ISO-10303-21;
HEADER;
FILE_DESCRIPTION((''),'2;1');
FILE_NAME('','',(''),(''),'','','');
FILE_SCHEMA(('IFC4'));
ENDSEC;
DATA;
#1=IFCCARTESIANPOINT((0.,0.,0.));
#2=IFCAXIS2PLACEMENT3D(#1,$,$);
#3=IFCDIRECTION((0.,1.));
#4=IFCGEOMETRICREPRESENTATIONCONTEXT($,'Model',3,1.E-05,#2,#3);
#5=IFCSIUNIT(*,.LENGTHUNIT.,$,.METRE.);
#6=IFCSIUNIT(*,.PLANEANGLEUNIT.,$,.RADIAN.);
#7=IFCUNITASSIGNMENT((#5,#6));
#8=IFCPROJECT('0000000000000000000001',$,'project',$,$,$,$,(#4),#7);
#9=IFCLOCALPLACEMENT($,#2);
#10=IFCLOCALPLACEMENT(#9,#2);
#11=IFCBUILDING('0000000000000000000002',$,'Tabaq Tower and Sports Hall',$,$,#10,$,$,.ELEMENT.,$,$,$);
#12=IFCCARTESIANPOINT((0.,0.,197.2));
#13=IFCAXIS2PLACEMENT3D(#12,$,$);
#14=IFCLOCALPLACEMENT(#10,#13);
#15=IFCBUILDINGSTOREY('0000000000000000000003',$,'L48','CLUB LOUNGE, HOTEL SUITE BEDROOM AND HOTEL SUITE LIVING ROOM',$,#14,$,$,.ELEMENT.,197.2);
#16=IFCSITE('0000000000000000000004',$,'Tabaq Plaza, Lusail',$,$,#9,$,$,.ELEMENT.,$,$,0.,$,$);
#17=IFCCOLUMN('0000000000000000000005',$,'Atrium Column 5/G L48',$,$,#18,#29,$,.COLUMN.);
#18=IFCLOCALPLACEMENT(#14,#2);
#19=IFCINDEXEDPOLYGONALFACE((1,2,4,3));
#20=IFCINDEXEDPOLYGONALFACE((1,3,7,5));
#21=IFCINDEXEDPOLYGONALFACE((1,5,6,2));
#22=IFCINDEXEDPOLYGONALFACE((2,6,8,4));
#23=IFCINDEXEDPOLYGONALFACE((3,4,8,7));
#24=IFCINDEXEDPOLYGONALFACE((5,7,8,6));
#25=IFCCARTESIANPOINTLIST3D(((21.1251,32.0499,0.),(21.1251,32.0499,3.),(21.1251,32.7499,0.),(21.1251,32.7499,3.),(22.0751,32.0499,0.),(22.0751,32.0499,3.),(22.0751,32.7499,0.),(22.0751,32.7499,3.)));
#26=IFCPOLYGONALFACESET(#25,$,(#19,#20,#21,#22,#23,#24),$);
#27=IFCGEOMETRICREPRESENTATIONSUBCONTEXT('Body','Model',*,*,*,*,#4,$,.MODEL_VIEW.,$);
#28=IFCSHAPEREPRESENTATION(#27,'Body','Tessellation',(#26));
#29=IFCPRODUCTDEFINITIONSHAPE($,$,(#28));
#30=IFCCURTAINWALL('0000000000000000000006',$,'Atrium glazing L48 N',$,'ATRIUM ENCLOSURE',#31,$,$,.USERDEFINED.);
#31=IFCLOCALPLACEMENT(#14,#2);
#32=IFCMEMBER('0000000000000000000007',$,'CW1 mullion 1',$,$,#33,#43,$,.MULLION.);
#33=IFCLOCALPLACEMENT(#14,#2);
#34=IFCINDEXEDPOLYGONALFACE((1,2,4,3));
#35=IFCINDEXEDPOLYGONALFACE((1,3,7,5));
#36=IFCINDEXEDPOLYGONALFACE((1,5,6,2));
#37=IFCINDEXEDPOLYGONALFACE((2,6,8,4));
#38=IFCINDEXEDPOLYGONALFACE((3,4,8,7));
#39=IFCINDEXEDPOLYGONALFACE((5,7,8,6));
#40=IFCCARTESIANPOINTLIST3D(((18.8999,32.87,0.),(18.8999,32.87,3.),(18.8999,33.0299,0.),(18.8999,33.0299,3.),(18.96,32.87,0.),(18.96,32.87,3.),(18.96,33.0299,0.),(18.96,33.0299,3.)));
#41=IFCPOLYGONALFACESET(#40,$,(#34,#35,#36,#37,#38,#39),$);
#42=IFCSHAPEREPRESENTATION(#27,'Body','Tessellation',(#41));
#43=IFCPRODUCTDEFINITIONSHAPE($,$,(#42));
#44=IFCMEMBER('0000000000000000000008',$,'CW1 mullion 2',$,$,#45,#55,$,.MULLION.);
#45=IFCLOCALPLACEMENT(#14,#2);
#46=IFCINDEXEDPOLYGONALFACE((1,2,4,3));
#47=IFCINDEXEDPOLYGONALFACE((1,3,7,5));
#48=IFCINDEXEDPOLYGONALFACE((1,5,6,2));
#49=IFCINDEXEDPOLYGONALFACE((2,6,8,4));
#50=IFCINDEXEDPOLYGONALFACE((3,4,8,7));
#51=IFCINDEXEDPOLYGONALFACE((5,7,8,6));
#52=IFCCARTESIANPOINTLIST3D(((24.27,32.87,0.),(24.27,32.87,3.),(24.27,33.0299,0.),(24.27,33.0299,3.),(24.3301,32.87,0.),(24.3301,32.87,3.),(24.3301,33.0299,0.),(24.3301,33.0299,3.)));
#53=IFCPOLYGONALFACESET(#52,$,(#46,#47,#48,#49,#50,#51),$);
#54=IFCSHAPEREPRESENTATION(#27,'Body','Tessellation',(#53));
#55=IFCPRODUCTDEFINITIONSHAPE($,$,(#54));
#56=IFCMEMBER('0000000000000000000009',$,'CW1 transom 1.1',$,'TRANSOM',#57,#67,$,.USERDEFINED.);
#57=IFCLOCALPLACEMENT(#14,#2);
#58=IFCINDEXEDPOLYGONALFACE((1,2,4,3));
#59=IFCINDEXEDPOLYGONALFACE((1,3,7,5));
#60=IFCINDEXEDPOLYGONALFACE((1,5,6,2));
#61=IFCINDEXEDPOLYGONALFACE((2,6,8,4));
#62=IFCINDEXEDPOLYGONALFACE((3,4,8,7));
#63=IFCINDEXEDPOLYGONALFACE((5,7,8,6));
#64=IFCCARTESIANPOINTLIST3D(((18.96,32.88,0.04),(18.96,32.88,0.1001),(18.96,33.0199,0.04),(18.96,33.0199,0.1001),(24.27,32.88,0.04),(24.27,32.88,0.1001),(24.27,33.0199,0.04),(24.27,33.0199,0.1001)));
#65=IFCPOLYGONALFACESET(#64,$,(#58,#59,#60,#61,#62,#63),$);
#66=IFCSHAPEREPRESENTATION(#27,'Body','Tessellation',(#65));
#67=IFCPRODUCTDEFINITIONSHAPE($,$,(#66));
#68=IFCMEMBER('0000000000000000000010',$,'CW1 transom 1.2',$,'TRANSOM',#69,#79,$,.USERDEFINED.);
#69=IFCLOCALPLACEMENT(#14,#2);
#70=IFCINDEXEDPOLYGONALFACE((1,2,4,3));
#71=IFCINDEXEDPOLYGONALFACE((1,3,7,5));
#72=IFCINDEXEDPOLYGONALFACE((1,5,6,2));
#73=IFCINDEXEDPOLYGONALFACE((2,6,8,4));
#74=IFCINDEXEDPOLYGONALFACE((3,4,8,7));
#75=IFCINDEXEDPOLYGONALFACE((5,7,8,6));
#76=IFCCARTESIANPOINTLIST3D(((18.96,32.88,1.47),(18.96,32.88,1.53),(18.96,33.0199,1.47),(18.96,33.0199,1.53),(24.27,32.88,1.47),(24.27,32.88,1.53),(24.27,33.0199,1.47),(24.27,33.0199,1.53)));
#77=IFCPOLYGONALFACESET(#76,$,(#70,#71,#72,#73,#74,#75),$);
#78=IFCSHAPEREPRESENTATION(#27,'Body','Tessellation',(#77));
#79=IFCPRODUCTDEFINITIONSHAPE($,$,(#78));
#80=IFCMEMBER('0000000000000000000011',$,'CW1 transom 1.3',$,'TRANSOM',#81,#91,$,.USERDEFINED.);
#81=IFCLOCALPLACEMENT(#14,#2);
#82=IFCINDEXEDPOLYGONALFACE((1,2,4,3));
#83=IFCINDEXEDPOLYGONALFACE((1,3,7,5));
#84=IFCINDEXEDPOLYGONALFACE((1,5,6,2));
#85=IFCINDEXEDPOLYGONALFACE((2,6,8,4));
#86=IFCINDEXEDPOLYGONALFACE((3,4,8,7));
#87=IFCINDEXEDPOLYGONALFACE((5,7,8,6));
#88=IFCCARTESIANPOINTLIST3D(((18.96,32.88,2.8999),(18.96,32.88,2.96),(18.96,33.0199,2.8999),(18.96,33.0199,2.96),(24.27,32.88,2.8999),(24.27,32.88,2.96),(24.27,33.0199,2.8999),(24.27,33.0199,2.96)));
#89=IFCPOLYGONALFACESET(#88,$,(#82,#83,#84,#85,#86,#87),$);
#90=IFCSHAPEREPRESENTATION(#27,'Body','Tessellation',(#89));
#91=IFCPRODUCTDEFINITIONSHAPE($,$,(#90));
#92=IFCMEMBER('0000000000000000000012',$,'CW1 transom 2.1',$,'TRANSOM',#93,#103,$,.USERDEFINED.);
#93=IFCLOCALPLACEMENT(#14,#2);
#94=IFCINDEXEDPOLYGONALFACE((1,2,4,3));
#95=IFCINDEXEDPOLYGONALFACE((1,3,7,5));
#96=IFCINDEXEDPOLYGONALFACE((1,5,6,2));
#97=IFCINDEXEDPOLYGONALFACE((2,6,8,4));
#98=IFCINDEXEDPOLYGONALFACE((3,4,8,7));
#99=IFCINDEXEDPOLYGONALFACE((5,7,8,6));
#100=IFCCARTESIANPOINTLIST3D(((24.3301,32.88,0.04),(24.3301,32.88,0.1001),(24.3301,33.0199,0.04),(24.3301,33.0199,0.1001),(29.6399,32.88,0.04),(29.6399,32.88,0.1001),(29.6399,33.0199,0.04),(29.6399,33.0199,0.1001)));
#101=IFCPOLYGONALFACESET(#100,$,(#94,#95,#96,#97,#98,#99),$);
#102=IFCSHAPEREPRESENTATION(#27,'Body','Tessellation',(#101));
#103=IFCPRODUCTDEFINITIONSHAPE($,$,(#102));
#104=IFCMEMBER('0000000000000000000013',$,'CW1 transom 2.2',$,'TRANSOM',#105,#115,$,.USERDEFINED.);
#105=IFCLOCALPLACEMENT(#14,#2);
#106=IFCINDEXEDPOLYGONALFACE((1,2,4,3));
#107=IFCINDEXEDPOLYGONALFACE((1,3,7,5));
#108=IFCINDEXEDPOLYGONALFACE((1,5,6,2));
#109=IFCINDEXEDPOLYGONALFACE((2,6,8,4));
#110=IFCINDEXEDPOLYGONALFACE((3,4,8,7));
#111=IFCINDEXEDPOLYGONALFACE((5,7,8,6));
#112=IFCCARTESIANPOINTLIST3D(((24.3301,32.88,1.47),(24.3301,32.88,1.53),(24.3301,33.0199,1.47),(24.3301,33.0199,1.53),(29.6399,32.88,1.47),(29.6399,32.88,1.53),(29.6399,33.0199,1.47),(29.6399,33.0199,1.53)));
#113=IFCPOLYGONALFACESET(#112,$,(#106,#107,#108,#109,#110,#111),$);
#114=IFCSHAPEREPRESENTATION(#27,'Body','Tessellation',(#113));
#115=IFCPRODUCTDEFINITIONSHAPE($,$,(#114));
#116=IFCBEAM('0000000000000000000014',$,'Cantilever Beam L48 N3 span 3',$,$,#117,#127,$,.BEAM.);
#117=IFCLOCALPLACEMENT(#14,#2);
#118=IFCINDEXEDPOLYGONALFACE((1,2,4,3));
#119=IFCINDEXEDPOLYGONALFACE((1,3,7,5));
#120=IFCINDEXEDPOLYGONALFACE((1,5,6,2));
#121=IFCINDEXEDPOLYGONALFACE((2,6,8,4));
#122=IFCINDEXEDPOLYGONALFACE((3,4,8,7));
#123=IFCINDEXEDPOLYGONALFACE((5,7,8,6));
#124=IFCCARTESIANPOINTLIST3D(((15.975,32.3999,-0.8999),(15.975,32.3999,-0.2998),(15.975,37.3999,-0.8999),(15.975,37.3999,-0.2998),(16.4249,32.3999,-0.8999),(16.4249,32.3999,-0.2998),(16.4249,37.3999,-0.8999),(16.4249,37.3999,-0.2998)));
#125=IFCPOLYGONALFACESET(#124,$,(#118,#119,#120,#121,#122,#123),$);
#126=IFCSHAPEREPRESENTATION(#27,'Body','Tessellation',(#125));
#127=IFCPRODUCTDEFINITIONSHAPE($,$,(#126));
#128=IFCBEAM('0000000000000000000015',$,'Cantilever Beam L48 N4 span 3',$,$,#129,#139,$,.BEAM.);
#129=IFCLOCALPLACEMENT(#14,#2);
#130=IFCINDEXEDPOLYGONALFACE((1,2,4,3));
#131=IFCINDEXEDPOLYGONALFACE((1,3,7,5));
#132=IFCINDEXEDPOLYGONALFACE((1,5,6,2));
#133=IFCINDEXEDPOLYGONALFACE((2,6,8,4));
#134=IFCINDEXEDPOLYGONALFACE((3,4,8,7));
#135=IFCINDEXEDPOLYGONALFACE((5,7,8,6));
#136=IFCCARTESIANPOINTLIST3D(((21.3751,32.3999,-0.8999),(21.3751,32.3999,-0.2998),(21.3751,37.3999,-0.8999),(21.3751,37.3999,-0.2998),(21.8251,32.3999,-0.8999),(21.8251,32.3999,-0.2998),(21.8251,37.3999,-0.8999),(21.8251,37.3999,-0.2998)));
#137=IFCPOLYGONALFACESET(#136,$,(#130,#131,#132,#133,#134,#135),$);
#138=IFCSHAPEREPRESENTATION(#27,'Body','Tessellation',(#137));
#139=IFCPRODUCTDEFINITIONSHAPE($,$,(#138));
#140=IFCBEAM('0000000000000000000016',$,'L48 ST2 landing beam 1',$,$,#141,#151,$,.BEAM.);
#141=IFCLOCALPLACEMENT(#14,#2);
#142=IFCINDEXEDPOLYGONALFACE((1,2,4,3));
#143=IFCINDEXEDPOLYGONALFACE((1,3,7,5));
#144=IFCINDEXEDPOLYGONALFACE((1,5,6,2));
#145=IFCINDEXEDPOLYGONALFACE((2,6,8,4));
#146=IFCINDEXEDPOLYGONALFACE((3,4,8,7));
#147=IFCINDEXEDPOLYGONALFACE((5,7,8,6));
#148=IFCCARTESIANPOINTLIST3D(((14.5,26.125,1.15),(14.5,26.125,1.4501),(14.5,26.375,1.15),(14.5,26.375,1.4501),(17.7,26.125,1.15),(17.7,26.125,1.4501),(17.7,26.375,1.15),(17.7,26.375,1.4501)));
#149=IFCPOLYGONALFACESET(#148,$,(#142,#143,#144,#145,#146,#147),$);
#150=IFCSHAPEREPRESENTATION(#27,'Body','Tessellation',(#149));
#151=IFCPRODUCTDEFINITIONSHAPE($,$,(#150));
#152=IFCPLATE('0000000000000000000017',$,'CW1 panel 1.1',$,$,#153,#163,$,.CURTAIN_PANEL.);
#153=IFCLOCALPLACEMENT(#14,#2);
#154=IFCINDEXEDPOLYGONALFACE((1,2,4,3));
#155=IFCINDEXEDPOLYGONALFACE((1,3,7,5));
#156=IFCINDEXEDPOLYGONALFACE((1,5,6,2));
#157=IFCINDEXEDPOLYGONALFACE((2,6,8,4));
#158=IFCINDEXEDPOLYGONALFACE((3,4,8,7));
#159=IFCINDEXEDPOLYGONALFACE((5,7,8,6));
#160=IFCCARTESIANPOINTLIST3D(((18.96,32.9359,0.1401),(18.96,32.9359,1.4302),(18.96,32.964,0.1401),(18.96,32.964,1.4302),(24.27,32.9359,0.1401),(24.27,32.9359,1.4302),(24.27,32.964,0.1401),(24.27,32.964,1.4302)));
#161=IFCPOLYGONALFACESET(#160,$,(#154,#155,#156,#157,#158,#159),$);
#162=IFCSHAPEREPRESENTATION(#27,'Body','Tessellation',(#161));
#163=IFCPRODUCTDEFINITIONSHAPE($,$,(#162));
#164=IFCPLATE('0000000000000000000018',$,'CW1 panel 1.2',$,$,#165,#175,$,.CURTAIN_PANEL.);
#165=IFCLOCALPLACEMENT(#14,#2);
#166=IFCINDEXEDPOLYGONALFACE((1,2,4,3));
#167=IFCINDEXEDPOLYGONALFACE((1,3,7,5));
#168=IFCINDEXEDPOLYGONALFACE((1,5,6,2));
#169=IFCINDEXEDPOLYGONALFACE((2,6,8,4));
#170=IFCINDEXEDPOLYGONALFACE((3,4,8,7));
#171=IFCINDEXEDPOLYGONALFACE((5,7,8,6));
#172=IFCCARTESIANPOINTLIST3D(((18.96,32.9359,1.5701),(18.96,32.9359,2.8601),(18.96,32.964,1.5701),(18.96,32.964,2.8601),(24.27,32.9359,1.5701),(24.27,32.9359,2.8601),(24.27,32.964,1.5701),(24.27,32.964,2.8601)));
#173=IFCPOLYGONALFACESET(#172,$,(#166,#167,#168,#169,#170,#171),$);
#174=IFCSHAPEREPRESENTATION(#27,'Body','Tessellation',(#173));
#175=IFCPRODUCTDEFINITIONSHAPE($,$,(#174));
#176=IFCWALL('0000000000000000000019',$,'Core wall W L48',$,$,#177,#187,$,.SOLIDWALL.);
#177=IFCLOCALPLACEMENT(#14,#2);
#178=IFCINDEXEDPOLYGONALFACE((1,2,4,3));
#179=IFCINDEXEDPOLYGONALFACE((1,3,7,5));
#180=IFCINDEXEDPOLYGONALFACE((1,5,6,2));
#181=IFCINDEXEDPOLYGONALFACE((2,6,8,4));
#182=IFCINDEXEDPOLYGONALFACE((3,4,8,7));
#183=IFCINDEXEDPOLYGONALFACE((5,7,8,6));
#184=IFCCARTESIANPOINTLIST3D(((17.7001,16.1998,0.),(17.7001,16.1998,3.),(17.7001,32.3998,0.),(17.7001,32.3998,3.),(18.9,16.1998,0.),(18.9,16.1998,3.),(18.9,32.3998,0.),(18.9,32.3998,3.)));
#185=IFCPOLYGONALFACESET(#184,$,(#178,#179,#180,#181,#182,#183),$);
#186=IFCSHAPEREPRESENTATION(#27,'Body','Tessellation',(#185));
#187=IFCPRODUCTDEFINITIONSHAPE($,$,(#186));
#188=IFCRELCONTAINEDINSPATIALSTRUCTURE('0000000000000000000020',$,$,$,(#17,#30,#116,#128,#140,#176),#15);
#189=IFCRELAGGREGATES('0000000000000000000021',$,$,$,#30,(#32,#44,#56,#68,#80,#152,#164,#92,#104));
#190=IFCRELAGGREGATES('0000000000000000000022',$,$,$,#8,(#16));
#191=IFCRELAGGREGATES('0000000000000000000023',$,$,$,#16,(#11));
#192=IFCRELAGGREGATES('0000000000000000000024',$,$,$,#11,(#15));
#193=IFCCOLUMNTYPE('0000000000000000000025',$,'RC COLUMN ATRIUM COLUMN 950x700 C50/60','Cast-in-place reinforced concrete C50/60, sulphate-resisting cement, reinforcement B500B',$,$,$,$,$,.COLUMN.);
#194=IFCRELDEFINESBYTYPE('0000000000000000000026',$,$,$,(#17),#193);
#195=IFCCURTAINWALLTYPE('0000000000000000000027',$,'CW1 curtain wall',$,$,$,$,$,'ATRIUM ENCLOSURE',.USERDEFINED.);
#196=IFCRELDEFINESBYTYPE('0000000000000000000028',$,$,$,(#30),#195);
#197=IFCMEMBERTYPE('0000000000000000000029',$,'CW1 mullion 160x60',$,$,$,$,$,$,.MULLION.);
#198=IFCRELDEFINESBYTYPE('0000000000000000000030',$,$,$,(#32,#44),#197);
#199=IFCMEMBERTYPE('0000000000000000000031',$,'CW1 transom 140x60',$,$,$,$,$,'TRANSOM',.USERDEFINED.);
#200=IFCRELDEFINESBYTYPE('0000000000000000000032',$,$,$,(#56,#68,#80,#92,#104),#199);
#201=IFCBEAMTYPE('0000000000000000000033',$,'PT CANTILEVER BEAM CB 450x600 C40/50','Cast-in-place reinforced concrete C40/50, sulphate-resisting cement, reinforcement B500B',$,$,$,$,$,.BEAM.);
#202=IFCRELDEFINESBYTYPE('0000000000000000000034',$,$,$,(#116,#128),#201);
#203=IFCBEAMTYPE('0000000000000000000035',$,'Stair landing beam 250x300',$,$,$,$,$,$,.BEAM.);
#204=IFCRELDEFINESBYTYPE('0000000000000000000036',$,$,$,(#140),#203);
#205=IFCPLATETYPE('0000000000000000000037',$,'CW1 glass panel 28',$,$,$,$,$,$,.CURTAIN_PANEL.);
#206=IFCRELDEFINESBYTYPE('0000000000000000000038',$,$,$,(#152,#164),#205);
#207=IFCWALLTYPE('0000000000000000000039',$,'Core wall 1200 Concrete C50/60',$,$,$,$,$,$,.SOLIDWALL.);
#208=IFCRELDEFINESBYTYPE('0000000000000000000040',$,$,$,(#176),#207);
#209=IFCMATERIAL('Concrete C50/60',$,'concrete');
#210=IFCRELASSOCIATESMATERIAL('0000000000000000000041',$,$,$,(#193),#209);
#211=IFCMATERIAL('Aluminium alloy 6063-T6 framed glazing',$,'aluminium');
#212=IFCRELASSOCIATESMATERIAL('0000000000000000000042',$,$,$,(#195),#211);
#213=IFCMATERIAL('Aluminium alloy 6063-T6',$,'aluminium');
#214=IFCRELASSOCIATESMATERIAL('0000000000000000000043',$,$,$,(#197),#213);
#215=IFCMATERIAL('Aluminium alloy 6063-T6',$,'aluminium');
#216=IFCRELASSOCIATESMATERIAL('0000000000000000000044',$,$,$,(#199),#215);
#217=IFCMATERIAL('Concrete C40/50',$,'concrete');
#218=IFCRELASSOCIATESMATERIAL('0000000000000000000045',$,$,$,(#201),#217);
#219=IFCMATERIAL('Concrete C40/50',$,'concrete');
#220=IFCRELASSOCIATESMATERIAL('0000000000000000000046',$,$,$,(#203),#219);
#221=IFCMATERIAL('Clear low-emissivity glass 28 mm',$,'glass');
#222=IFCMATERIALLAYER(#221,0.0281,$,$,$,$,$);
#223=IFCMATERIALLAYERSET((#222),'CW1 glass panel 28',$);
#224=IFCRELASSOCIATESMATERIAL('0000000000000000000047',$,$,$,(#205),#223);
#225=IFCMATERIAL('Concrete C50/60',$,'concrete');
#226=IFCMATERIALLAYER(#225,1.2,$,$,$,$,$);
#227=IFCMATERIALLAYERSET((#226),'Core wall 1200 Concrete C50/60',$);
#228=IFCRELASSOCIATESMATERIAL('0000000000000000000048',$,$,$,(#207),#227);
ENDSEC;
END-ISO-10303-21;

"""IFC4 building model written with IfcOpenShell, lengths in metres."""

from ifc_helpers import new_model, si_unit, direction, frame, frame_2d, origin, origin_2d, place, context, subcontext, project, spatial, rectangle, extrude, material, layer, layer_set, material_profile, profile_set, type_object, element, aggregate, save


model = new_model("IFC4")

# Units and contexts
model_context = context("Model", 3, precision=1e-05, world=origin(), true_north=direction((0.0, 1.0)))
body_context = subcontext(model_context, "Body", "Model", "MODEL_VIEW")
ifc_project = project(units=[si_unit("LENGTHUNIT", "METRE"), si_unit("PLANEANGLEUNIT", "RADIAN")], contexts=[model_context])

# Site, building, storey
site_placement = place(None, origin())
site = spatial("IfcSite", under=ifc_project, at=site_placement, Name="Tabaq Plaza, Lusail", CompositionType="ELEMENT", RefElevation=0.0)
building_placement = place(site_placement, origin())
building = spatial("IfcBuilding", under=site, at=building_placement, Name="Tabaq Tower and Sports Hall", CompositionType="ELEMENT")
storey_placement = place(building_placement, frame((0.0, 0.0, 197.2)))
storey = spatial("IfcBuildingStorey", under=building, at=storey_placement, Name="L48", Description="CLUB LOUNGE, HOTEL SUITE BEDROOM AND HOTEL SUITE LIVING ROOM", CompositionType="ELEMENT", Elevation=197.2)

# Column
ifc_material_1 = material(Name="Concrete C50/60", Category="concrete")
ifc_material_profile_1 = material_profile(ifc_material_1, rectangle(XDim=0.95, YDim=0.7, at=origin_2d()), Name="ATRIUM COLUMN 950x700")
ifc_profile_set_1 = profile_set([ifc_material_profile_1], Name="Concrete C50/60")
column_type = type_object("IfcColumnType", Name="RC COLUMN ATRIUM COLUMN 950x700 C50/60", Description="Cast-in-place reinforced concrete C50/60, sulphate-resisting cement, reinforcement B500B", PredefinedType="COLUMN", material=ifc_profile_set_1)
column_placement = place(storey_placement, frame((21.6001, 32.3999, 0.0), z_axis=(0.0, 0.0, 1.0), x_axis=(1.0, 0.0, 0.0)))
element("IfcColumn", 1, at=column_placement, inside=storey, type_object=column_type, Name="Atrium Column 5/G L48", PredefinedType="COLUMN", context=body_context, shape_type="SweptSolid", body=[
    extrude(rectangle(XDim=0.95, YDim=0.7, at=origin_2d()), origin(), (0.0, 0.0, 1.0), 3.0),
])

# Curtain wall, members
ifc_material_2 = material(Name="Aluminium alloy 6063-T6 framed glazing", Category="aluminium")
curtain_wall_type = type_object("IfcCurtainWallType", Name="CW1 curtain wall", ElementType="ATRIUM ENCLOSURE", PredefinedType="USERDEFINED", material=ifc_material_2)
curtain_wall_placement = place(storey_placement, origin())
curtain_wall = element("IfcCurtainWall", 2, at=curtain_wall_placement, inside=storey, type_object=curtain_wall_type, Name="Atrium glazing L48 N", ObjectType="ATRIUM ENCLOSURE", PredefinedType="USERDEFINED")
ifc_material_3 = material(Name="Aluminium alloy 6063-T6", Category="aluminium")
ifc_material_profile_2 = material_profile(ifc_material_3, rectangle(XDim=0.1599, YDim=0.0601, at=origin_2d()), Name="MULLION 160x60")
ifc_profile_set_2 = profile_set([ifc_material_profile_2], Name="Aluminium alloy 6063-T6")
member_type_1 = type_object("IfcMemberType", Name="CW1 mullion 160x60", PredefinedType="MULLION", material=ifc_profile_set_2)
member_1_placement = place(storey_placement, frame((18.9299, 32.95, 0.0), z_axis=(0.0, 0.0, 1.0), x_axis=(0.0, 1.0, 0.0)))
member_1 = element("IfcMember", 3, at=member_1_placement, type_object=member_type_1, Name="CW1 mullion 1", PredefinedType="MULLION", context=body_context, shape_type="SweptSolid", body=[
    extrude(rectangle(XDim=0.1599, YDim=0.0601, at=origin_2d()), origin(), (0.0, 0.0, 1.0), 3.0),
])
member_2_placement = place(storey_placement, frame((24.3, 32.95, 0.0), z_axis=(0.0, 0.0, 1.0), x_axis=(0.0, 1.0, 0.0)))
member_2 = element("IfcMember", 4, at=member_2_placement, type_object=member_type_1, Name="CW1 mullion 2", PredefinedType="MULLION", context=body_context, shape_type="SweptSolid", body=[
    extrude(rectangle(XDim=0.1599, YDim=0.0601, at=origin_2d()), origin(), (0.0, 0.0, 1.0), 3.0),
])
ifc_material_4 = material(Name="Aluminium alloy 6063-T6", Category="aluminium")
ifc_material_profile_3 = material_profile(ifc_material_4, rectangle(XDim=0.1399, YDim=0.0601, at=origin_2d()), Name="TRANSOM 140x60")
ifc_profile_set_3 = profile_set([ifc_material_profile_3], Name="Aluminium alloy 6063-T6")
member_type_2 = type_object("IfcMemberType", Name="CW1 transom 140x60", ElementType="TRANSOM", PredefinedType="USERDEFINED", material=ifc_profile_set_3)
member_3_placement = place(storey_placement, frame((18.96, 32.95, 0.0701), z_axis=(1.0, 0.0, 0.0), x_axis=(0.0, 1.0, 0.0)))
member_3 = element("IfcMember", 5, at=member_3_placement, type_object=member_type_2, Name="CW1 transom 1.1", ObjectType="TRANSOM", PredefinedType="USERDEFINED", context=body_context, shape_type="SweptSolid", body=[
    extrude(rectangle(XDim=0.1399, YDim=0.0601, at=origin_2d()), origin(), (0.0, 0.0, 1.0), 5.3101),
])
member_4_placement = place(storey_placement, frame((18.96, 32.95, 1.5), z_axis=(1.0, 0.0, 0.0), x_axis=(0.0, 1.0, 0.0)))
member_4 = element("IfcMember", 6, at=member_4_placement, type_object=member_type_2, Name="CW1 transom 1.2", ObjectType="TRANSOM", PredefinedType="USERDEFINED", context=body_context, shape_type="SweptSolid", body=[
    extrude(rectangle(XDim=0.1399, YDim=0.0601, at=origin_2d()), origin(), (0.0, 0.0, 1.0), 5.3101),
])
member_5_placement = place(storey_placement, frame((18.96, 32.95, 2.9299), z_axis=(1.0, 0.0, 0.0), x_axis=(0.0, 1.0, 0.0)))
member_5 = element("IfcMember", 7, at=member_5_placement, type_object=member_type_2, Name="CW1 transom 1.3", ObjectType="TRANSOM", PredefinedType="USERDEFINED", context=body_context, shape_type="SweptSolid", body=[
    extrude(rectangle(XDim=0.1399, YDim=0.0601, at=origin_2d()), origin(), (0.0, 0.0, 1.0), 5.3101),
])
member_6_placement = place(storey_placement, frame((24.3301, 32.95, 0.0701), z_axis=(1.0, 0.0, 0.0), x_axis=(0.0, 1.0, 0.0)))
member_6 = element("IfcMember", 8, at=member_6_placement, type_object=member_type_2, Name="CW1 transom 2.1", ObjectType="TRANSOM", PredefinedType="USERDEFINED", context=body_context, shape_type="SweptSolid", body=[
    extrude(rectangle(XDim=0.1399, YDim=0.0601, at=origin_2d()), origin(), (0.0, 0.0, 1.0), 5.3098),
])
member_7_placement = place(storey_placement, frame((24.3301, 32.95, 1.5), z_axis=(1.0, 0.0, 0.0), x_axis=(0.0, 1.0, 0.0)))
member_7 = element("IfcMember", 9, at=member_7_placement, type_object=member_type_2, Name="CW1 transom 2.2", ObjectType="TRANSOM", PredefinedType="USERDEFINED", context=body_context, shape_type="SweptSolid", body=[
    extrude(rectangle(XDim=0.1399, YDim=0.0601, at=origin_2d()), origin(), (0.0, 0.0, 1.0), 5.3098),
])

# Beams
ifc_material_5 = material(Name="Concrete C40/50", Category="concrete")
ifc_material_profile_4 = material_profile(ifc_material_5, rectangle(XDim=0.45, YDim=0.6001, at=origin_2d()), Name="CB 450x600")
ifc_profile_set_4 = profile_set([ifc_material_profile_4], Name="Concrete C40/50")
beam_type_1 = type_object("IfcBeamType", Name="PT CANTILEVER BEAM CB 450x600 C40/50", Description="Cast-in-place reinforced concrete C40/50, sulphate-resisting cement, reinforcement B500B", PredefinedType="BEAM", material=ifc_profile_set_4)
for number, where, z_axis, x_axis, name in (
    (10, (16.2, 37.3999, -0.5999), (0.0, -1.0, 0.0), (1.0, 0.0, 0.0), "Cantilever Beam L48 N3 span 3"),
    (11, (21.6001, 37.3999, -0.5999), (0.0, -1.0, 0.0), (1.0, 0.0, 0.0), "Cantilever Beam L48 N4 span 3"),
):
    element("IfcBeam", number, at=place(storey_placement, frame(where, z_axis=z_axis, x_axis=x_axis)), inside=storey, type_object=beam_type_1, Name=name, PredefinedType="BEAM", context=body_context, shape_type="SweptSolid", body=[
        extrude(rectangle(XDim=0.45, YDim=0.6001, at=origin_2d()), origin(), (0.0, 0.0, 1.0), 5.0),
    ])
ifc_material_6 = material(Name="Concrete C40/50", Category="concrete")
ifc_material_profile_5 = material_profile(ifc_material_6, rectangle(XDim=0.25, YDim=0.3, at=origin_2d()), Name="RC 250x300")
ifc_profile_set_5 = profile_set([ifc_material_profile_5], Name="Concrete C40/50")
beam_type_2 = type_object("IfcBeamType", Name="Stair landing beam 250x300", PredefinedType="BEAM", material=ifc_profile_set_5)
beam_placement = place(storey_placement, frame((14.5, 26.25, 1.3), z_axis=(1.0, 0.0, 0.0), x_axis=(0.0, 1.0, 0.0)))
element("IfcBeam", 12, at=beam_placement, inside=storey, type_object=beam_type_2, Name="L48 ST2 landing beam 1", PredefinedType="BEAM", context=body_context, shape_type="SweptSolid", body=[
    extrude(rectangle(XDim=0.25, YDim=0.3, at=origin_2d()), origin(), (0.0, 0.0, 1.0), 3.2),
])

# Plates
ifc_material_7 = material(Name="Clear low-emissivity glass 28 mm", Category="glass")
ifc_layer_1 = layer(ifc_material_7, 0.0281)
ifc_layer_set_1 = layer_set([ifc_layer_1], Name="CW1 glass panel 28")
plate_type = type_object("IfcPlateType", Name="CW1 glass panel 28", PredefinedType="CURTAIN_PANEL", material=ifc_layer_set_1)
plate_1_placement = place(storey_placement, frame((21.615, 32.95, 0.1401), z_axis=(0.0, 0.0, 1.0), x_axis=(1.0, 0.0, 0.0)))
plate_1 = element("IfcPlate", 13, at=plate_1_placement, type_object=plate_type, Name="CW1 panel 1.1", PredefinedType="CURTAIN_PANEL", context=body_context, shape_type="SweptSolid", body=[
    extrude(rectangle(XDim=5.3101, YDim=0.0281, at=origin_2d()), origin(), (0.0, 0.0, 1.0), 1.29),
])
plate_2_placement = place(storey_placement, frame((21.615, 32.95, 1.5701), z_axis=(0.0, 0.0, 1.0), x_axis=(1.0, 0.0, 0.0)))
plate_2 = element("IfcPlate", 14, at=plate_2_placement, type_object=plate_type, Name="CW1 panel 1.2", PredefinedType="CURTAIN_PANEL", context=body_context, shape_type="SweptSolid", body=[
    extrude(rectangle(XDim=5.3101, YDim=0.0281, at=origin_2d()), origin(), (0.0, 0.0, 1.0), 1.29),
])
aggregate(curtain_wall, [member_1, member_2, member_3, member_4, member_5, plate_1, plate_2, member_6, member_7])

# Wall
ifc_material_8 = material(Name="Concrete C50/60", Category="concrete")
ifc_layer_2 = layer(ifc_material_8, 1.2)
ifc_layer_set_2 = layer_set([ifc_layer_2], Name="Core wall 1200 Concrete C50/60")
wall_type_1 = type_object("IfcWallType", Name="Core wall 1200 Concrete C50/60", PredefinedType="SOLIDWALL", material=ifc_layer_set_2)
wall_1_placement = place(storey_placement, frame((18.3, 32.3999, 0.0), z_axis=(0.0, 0.0, 1.0), x_axis=(0.0, -1.0, 0.0)))
element("IfcWall", 15, at=wall_1_placement, inside=storey, type_object=wall_type_1, Name="Core wall W L48", PredefinedType="SOLIDWALL", context=body_context, shape_type="SweptSolid", body=[
    extrude(rectangle(XDim=16.2, YDim=1.2, at=frame_2d((8.1001, 0.0))), origin(), (0.0, 0.0, 1.0), 3.0),
])

save(model, "model.ifc")
